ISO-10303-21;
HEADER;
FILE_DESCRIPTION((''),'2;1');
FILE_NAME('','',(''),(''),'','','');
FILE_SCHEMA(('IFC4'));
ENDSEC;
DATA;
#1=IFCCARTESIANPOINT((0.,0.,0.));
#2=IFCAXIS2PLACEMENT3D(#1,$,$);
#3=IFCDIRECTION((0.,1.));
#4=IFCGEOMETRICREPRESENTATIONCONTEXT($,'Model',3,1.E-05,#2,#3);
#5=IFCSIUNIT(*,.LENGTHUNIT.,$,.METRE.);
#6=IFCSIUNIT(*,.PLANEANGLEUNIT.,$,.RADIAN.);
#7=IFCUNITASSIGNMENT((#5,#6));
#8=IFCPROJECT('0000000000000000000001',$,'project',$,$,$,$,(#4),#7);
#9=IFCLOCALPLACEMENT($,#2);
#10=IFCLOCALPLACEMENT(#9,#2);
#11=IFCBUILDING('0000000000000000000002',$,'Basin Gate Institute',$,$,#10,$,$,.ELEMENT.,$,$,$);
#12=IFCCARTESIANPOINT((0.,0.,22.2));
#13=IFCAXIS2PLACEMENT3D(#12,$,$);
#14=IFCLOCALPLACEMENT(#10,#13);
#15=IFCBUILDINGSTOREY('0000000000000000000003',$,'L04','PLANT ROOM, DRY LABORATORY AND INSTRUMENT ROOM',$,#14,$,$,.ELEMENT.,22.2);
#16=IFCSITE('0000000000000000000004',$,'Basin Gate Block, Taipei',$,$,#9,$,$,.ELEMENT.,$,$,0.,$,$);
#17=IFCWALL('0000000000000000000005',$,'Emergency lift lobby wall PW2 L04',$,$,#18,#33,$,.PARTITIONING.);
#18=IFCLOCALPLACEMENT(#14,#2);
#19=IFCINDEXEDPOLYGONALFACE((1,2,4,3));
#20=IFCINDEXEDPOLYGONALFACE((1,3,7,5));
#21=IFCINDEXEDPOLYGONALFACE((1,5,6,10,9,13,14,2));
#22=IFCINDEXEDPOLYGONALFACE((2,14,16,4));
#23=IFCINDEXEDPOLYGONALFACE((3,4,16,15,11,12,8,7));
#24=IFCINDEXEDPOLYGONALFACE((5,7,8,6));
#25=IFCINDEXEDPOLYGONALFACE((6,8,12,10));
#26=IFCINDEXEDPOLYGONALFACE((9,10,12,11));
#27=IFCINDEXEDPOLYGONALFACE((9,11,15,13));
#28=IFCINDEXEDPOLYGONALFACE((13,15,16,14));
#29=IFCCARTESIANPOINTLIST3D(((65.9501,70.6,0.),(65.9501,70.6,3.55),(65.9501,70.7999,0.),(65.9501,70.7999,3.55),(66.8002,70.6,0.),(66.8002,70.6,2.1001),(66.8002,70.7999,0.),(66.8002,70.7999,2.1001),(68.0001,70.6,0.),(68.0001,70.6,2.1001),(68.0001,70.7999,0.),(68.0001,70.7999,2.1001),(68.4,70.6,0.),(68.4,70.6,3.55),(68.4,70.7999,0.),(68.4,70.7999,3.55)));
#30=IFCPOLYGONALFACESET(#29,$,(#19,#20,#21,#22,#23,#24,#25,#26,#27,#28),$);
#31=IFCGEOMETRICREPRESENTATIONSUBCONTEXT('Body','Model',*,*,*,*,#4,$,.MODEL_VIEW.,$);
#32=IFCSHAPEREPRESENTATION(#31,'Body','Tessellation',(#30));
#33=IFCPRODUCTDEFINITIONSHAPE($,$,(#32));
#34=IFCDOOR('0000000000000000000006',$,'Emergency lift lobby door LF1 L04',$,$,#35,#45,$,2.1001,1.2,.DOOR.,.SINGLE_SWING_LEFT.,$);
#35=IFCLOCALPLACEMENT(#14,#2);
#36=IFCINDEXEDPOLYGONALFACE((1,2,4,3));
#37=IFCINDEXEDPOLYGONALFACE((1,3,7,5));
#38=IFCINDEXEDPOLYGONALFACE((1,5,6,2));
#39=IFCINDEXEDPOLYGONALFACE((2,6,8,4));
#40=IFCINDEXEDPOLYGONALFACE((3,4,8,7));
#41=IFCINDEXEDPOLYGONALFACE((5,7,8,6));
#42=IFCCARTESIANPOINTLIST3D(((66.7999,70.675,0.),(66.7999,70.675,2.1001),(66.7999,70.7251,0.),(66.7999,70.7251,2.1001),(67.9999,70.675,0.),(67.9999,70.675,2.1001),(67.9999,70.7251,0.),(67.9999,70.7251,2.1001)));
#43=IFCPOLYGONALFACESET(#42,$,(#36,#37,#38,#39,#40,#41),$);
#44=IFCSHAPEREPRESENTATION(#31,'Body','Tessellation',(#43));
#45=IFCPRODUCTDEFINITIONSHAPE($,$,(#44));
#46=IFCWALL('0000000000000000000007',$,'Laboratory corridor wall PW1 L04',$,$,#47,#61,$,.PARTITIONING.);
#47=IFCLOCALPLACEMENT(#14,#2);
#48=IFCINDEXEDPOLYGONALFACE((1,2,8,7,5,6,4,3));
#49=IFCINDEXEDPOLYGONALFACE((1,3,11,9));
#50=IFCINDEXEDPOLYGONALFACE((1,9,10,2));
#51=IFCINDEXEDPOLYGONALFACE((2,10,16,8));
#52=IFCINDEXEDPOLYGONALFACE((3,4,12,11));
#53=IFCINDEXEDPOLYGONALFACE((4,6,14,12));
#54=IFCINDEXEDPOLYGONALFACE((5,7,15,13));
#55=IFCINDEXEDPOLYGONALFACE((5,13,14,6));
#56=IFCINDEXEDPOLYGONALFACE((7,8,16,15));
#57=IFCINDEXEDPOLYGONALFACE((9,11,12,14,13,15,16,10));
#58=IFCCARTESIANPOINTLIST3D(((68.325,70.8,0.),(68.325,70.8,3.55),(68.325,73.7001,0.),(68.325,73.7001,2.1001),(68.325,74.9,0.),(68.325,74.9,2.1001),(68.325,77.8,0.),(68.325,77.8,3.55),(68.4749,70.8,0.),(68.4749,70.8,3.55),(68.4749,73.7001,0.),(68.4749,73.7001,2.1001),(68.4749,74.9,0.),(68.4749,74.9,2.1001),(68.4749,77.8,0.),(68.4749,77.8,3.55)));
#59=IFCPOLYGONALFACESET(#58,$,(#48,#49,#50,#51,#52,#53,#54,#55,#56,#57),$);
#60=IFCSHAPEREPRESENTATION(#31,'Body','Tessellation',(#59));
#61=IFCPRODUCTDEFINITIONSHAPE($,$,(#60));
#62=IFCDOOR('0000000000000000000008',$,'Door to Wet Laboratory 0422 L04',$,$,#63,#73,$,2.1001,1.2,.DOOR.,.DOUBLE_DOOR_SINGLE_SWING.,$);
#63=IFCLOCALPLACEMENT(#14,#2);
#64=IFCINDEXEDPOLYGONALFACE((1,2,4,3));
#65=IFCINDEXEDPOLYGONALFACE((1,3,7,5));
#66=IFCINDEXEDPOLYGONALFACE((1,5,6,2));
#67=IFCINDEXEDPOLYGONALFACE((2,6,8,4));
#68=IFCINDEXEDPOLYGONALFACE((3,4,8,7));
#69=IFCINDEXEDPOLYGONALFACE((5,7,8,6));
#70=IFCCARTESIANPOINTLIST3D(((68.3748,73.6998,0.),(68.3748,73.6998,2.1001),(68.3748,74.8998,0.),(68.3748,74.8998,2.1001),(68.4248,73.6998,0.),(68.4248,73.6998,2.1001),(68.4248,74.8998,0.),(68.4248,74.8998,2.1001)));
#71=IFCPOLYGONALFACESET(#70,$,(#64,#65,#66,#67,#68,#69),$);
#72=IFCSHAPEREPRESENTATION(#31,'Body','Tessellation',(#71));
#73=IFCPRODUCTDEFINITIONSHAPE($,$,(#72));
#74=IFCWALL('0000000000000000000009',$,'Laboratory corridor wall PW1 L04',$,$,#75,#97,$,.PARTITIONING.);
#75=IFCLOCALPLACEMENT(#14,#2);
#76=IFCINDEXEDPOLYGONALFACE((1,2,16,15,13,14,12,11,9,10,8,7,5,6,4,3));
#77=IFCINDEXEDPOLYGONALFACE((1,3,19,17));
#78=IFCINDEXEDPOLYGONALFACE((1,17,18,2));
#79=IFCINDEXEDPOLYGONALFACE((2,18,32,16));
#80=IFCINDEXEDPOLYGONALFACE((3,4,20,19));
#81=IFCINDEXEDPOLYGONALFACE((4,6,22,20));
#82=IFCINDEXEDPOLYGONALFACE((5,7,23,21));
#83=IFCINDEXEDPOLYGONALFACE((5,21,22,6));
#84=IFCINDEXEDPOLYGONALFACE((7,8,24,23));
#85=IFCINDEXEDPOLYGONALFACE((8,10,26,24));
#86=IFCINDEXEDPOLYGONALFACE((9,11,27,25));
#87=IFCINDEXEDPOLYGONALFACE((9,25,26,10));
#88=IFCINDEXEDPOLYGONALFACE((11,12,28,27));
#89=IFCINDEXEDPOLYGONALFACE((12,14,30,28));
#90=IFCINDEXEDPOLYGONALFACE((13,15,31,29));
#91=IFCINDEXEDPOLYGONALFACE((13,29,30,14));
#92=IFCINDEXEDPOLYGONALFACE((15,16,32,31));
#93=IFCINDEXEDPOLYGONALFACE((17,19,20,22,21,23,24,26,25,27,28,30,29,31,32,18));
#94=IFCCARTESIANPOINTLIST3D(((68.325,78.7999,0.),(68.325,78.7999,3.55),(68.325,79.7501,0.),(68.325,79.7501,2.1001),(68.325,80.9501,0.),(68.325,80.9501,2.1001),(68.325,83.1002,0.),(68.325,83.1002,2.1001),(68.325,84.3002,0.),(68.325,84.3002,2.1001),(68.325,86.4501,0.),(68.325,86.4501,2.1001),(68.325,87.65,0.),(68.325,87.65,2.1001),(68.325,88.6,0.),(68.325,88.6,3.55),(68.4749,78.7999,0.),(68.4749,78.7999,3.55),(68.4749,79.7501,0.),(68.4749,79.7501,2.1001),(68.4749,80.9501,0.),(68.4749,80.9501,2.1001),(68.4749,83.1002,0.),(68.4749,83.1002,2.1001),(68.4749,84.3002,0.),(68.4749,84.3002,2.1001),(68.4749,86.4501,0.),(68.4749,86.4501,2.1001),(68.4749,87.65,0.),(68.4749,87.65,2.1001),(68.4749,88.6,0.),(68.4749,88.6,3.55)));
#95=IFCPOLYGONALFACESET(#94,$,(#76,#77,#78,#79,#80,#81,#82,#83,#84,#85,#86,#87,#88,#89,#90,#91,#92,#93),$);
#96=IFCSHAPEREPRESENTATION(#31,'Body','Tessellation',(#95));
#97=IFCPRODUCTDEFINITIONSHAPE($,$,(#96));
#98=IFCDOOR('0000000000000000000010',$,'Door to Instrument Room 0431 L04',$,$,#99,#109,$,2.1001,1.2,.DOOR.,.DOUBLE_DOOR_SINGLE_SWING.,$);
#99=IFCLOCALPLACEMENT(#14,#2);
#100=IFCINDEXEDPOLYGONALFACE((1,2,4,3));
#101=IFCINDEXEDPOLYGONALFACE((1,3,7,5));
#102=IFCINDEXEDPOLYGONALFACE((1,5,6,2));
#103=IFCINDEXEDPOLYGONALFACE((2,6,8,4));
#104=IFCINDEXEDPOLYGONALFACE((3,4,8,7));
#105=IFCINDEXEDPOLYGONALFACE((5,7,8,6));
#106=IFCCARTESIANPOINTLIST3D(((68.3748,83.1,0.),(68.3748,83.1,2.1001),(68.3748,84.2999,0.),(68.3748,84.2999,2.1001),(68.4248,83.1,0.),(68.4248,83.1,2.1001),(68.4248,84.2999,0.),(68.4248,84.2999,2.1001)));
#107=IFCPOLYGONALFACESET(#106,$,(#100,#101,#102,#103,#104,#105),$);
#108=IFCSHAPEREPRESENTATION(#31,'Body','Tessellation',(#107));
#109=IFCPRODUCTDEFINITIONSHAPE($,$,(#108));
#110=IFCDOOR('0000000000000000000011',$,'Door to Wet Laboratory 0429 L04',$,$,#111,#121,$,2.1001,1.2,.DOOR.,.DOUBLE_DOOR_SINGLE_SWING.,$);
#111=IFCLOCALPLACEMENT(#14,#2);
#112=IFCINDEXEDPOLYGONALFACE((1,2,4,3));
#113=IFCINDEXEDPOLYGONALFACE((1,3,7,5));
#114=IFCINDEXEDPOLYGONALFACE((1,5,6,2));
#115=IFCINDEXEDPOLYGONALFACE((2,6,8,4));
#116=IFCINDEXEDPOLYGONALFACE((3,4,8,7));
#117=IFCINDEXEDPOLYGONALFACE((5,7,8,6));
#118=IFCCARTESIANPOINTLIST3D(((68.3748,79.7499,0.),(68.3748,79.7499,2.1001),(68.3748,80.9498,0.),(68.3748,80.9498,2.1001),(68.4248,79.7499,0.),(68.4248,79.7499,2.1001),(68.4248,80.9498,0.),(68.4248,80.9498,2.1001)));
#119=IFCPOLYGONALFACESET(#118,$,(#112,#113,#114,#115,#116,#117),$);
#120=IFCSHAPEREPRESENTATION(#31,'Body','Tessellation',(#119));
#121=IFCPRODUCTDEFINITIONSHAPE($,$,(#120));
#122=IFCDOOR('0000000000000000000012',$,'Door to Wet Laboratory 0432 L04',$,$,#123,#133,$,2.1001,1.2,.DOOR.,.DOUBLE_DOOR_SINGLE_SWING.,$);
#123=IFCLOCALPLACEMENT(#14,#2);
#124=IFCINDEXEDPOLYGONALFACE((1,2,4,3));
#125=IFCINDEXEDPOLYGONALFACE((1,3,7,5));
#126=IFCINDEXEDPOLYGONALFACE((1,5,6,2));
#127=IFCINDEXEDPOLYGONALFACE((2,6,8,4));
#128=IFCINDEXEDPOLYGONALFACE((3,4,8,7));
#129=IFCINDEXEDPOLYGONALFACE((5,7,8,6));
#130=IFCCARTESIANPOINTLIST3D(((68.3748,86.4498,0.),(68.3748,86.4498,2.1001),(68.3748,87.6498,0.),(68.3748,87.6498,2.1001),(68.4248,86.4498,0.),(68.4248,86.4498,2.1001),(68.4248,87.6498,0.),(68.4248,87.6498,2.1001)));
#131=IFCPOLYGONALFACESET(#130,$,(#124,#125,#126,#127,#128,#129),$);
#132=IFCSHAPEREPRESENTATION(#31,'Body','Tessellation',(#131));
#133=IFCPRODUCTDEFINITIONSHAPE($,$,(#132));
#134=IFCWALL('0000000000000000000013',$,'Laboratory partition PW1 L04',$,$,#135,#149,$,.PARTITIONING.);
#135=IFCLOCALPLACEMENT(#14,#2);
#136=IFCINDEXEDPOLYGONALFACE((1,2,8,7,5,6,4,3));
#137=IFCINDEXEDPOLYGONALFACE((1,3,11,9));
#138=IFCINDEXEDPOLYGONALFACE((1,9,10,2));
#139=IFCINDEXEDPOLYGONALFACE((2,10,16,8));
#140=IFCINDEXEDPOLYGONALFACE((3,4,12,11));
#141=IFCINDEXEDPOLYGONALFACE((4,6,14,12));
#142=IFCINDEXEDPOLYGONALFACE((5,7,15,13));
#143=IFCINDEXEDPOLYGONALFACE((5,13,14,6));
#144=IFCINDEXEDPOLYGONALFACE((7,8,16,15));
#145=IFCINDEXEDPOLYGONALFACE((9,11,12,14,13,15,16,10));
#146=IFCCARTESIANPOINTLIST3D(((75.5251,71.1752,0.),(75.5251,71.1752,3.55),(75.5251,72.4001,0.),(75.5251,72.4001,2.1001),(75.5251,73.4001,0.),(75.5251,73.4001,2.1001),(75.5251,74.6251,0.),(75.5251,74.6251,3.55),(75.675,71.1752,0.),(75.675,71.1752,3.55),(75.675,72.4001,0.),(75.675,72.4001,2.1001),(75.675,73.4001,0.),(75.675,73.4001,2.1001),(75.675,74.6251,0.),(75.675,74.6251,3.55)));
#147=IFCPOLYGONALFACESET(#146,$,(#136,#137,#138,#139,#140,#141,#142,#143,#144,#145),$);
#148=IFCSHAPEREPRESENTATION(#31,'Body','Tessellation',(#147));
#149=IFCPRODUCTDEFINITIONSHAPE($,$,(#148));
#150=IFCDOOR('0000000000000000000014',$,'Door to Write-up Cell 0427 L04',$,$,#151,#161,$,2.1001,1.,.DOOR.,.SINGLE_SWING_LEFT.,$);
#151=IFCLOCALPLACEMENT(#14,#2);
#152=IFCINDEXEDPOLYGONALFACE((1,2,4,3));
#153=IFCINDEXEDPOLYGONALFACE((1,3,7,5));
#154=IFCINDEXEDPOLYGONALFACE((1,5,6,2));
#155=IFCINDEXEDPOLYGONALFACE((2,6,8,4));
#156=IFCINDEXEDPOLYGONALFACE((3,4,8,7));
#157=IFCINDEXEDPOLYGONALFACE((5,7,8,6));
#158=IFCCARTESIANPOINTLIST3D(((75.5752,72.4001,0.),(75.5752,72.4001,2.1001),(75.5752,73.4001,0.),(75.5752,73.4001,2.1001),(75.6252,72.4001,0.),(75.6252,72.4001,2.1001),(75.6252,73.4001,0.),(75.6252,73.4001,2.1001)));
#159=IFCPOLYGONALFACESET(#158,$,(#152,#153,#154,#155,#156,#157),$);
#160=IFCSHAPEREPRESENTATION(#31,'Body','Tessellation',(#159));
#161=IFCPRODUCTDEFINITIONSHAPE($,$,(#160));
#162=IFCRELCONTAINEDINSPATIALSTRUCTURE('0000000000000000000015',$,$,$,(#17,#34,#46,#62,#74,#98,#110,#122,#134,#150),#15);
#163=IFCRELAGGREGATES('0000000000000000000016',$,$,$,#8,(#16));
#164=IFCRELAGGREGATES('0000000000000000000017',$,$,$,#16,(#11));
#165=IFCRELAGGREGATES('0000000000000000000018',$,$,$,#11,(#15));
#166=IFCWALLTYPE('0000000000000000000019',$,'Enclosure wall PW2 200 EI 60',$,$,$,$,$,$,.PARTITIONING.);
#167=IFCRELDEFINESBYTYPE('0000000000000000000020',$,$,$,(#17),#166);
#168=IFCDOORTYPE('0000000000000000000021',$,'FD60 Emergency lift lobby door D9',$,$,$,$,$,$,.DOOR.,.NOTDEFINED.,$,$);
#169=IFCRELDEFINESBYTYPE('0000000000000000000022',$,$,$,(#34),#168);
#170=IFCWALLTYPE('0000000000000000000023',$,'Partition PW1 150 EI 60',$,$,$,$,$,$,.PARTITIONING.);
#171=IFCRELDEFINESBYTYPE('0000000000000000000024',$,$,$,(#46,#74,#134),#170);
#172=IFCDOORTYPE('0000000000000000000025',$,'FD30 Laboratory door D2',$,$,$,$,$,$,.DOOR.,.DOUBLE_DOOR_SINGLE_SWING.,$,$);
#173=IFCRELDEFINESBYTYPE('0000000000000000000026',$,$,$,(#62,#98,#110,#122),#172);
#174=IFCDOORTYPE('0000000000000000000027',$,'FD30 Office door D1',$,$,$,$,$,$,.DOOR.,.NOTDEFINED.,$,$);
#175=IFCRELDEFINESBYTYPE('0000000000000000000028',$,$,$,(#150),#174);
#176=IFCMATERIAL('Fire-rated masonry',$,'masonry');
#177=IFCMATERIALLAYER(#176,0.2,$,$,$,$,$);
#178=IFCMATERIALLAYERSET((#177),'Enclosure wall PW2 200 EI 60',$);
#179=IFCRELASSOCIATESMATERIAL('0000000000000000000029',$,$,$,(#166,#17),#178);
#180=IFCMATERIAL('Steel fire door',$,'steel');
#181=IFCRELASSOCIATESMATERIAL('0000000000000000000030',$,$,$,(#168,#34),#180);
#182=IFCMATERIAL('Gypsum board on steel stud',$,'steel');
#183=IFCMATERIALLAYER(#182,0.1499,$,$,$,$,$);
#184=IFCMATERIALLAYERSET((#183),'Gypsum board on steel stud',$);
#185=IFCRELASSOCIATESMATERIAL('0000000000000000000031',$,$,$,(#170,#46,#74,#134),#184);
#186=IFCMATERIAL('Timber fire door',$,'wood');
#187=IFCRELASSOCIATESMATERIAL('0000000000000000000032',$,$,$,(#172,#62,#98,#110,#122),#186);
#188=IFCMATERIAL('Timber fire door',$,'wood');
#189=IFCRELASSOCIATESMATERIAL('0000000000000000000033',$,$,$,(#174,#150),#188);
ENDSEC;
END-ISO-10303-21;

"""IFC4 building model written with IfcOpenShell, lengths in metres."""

from ifc_helpers import new_model, si_unit, direction, frame, frame_2d, origin, place, context, subcontext, project, spatial, rectangle, extrude, material, layer, layer_set, type_object, element, fill, save


model = new_model("IFC4")

# Units and contexts
model_context = context("Model", 3, precision=1e-05, world=origin(), true_north=direction((0.0, 1.0)))
body_context = subcontext(model_context, "Body", "Model", "MODEL_VIEW")
ifc_project = project(units=[si_unit("LENGTHUNIT", "METRE"), si_unit("PLANEANGLEUNIT", "RADIAN")], contexts=[model_context])

# Site, building, storey
site_placement = place(None, origin())
site = spatial("IfcSite", under=ifc_project, at=site_placement, Name="Basin Gate Block, Taipei", CompositionType="ELEMENT", RefElevation=0.0)
building_placement = place(site_placement, origin())
building = spatial("IfcBuilding", under=site, at=building_placement, Name="Basin Gate Institute", CompositionType="ELEMENT")
storey_placement = place(building_placement, frame((0.0, 0.0, 22.2)))
storey = spatial("IfcBuildingStorey", under=building, at=storey_placement, Name="L04", Description="PLANT ROOM, DRY LABORATORY AND INSTRUMENT ROOM", CompositionType="ELEMENT", Elevation=22.2)

# Walls, openings, doors
ifc_material_1 = material(Name="Fire-rated masonry", Category="masonry")
ifc_layer_1 = layer(ifc_material_1, 0.2)
ifc_layer_set_1 = layer_set([ifc_layer_1], Name="Enclosure wall PW2 200 EI 60")
wall_type_1 = type_object("IfcWallType", Name="Enclosure wall PW2 200 EI 60", PredefinedType="PARTITIONING", material=ifc_layer_set_1)
wall_1_placement = place(storey_placement, frame((65.95, 70.7, 0.0), z_axis=(0.0, 0.0, 1.0), x_axis=(1.0, 0.0, 0.0)))
wall_1 = element("IfcWall", 1, at=wall_1_placement, inside=storey, type_object=wall_type_1, material=ifc_layer_set_1, Name="Emergency lift lobby wall PW2 L04", PredefinedType="PARTITIONING", context=body_context, shape_type="SweptSolid", body=[
    extrude(rectangle(XDim=2.45, YDim=0.2, at=frame_2d((1.2251, 0.0))), origin(), (0.0, 0.0, 1.0), 3.55),
])
opening_1_placement = place(wall_1_placement, frame((0.8501, 0.0, 0.0)))
opening_1 = element("IfcOpeningElement", 2, at=opening_1_placement, cuts=wall_1, PredefinedType="OPENING", context=body_context, shape_type="SweptSolid", body=[
    extrude(rectangle(XDim=1.2, YDim=2.1001, at=frame_2d((0.6001, 1.05))), frame((0.0, 0.1099, 0.0), z_axis=(0.0, -1.0, 0.0), x_axis=(1.0, 0.0, 0.0)), (0.0, 0.0, 1.0), 0.22),
])
ifc_material_2 = material(Name="Steel fire door", Category="steel")
door_type_1 = type_object("IfcDoorType", Name="FD60 Emergency lift lobby door D9", OperationType="NOTDEFINED", PredefinedType="DOOR", material=ifc_material_2)
door_1_placement = place(opening_1_placement, frame((1.2, 0.0, 0.0), z_axis=(0.0, 0.0, 1.0), x_axis=(-1.0, 0.0, 0.0)))
door_1 = element("IfcDoor", 3, at=door_1_placement, inside=storey, type_object=door_type_1, material=ifc_material_2, Name="Emergency lift lobby door LF1 L04", OperationType="SINGLE_SWING_LEFT", OverallHeight=2.1001, OverallWidth=1.2, PredefinedType="DOOR", context=body_context, shape_type="SweptSolid", body=[
    extrude(rectangle(XDim=1.2, YDim=2.1001, at=frame_2d((0.6001, 1.05))), frame((0.0, 0.0249, 0.0), z_axis=(0.0, -1.0, 0.0), x_axis=(1.0, 0.0, 0.0)), (0.0, 0.0, 1.0), 0.05),
])
fill(opening_1, door_1)
ifc_material_3 = material(Name="Gypsum board on steel stud", Category="steel")
ifc_layer_2 = layer(ifc_material_3, 0.1499)
ifc_layer_set_2 = layer_set([ifc_layer_2], Name="Gypsum board on steel stud")
wall_type_2 = type_object("IfcWallType", Name="Partition PW1 150 EI 60", PredefinedType="PARTITIONING", material=ifc_layer_set_2)
wall_2_placement = place(storey_placement, frame((68.3999, 70.8, 0.0), z_axis=(0.0, 0.0, 1.0), x_axis=(0.0, 1.0, 0.0)))
wall_2 = element("IfcWall", 4, at=wall_2_placement, inside=storey, type_object=wall_type_2, material=ifc_layer_set_2, Name="Laboratory corridor wall PW1 L04", PredefinedType="PARTITIONING", context=body_context, shape_type="SweptSolid", body=[
    extrude(rectangle(XDim=7.0, YDim=0.1499, at=frame_2d((3.5, 0.0))), origin(), (0.0, 0.0, 1.0), 3.55),
])
opening_2_placement = place(wall_2_placement, frame((2.8999, 0.0, 0.0)))
opening_2 = element("IfcOpeningElement", 5, at=opening_2_placement, cuts=wall_2, PredefinedType="OPENING", context=body_context, shape_type="SweptSolid", body=[
    extrude(rectangle(XDim=1.2, YDim=2.1001, at=frame_2d((0.6001, 1.05))), frame((0.0, 0.085, 0.0), z_axis=(0.0, -1.0, 0.0), x_axis=(1.0, 0.0, 0.0)), (0.0, 0.0, 1.0), 0.1699),
])
ifc_material_4 = material(Name="Timber fire door", Category="wood")
door_type_2 = type_object("IfcDoorType", Name="FD30 Laboratory door D2", OperationType="DOUBLE_DOOR_SINGLE_SWING", PredefinedType="DOOR", material=ifc_material_4)
door_2_placement = place(opening_2_placement, frame((1.2, 0.0, 0.0), z_axis=(0.0, 0.0, 1.0), x_axis=(-1.0, 0.0, 0.0)))
door_2 = element("IfcDoor", 6, at=door_2_placement, inside=storey, type_object=door_type_2, material=ifc_material_4, Name="Door to Wet Laboratory 0422 L04", OperationType="DOUBLE_DOOR_SINGLE_SWING", OverallHeight=2.1001, OverallWidth=1.2, PredefinedType="DOOR", context=body_context, shape_type="SweptSolid", body=[
    extrude(rectangle(XDim=1.2, YDim=2.1001, at=frame_2d((0.6001, 1.05))), frame((0.0, 0.0249, 0.0), z_axis=(0.0, -1.0, 0.0), x_axis=(1.0, 0.0, 0.0)), (0.0, 0.0, 1.0), 0.05),
])
fill(opening_2, door_2)

# Wall, openings, doors
wall_3_placement = place(storey_placement, frame((68.3999, 78.8, 0.0), z_axis=(0.0, 0.0, 1.0), x_axis=(0.0, 1.0, 0.0)))
wall_3 = element("IfcWall", 7, at=wall_3_placement, inside=storey, type_object=wall_type_2, material=ifc_layer_set_2, Name="Laboratory corridor wall PW1 L04", PredefinedType="PARTITIONING", context=body_context, shape_type="SweptSolid", body=[
    extrude(rectangle(XDim=9.8, YDim=0.1499, at=frame_2d((4.8999, 0.0))), origin(), (0.0, 0.0, 1.0), 3.55),
])
opening_3_placement = place(wall_3_placement, frame((4.3, 0.0, 0.0)))
opening_3 = element("IfcOpeningElement", 8, at=opening_3_placement, cuts=wall_3, PredefinedType="OPENING", context=body_context, shape_type="SweptSolid", body=[
    extrude(rectangle(XDim=1.2, YDim=2.1001, at=frame_2d((0.6001, 1.05))), frame((0.0, 0.085, 0.0), z_axis=(0.0, -1.0, 0.0), x_axis=(1.0, 0.0, 0.0)), (0.0, 0.0, 1.0), 0.1699),
])
opening_4_placement = place(wall_3_placement, frame((0.95, 0.0, 0.0)))
opening_4 = element("IfcOpeningElement", 9, at=opening_4_placement, cuts=wall_3, PredefinedType="OPENING", context=body_context, shape_type="SweptSolid", body=[
    extrude(rectangle(XDim=1.2, YDim=2.1001, at=frame_2d((0.6001, 1.05))), frame((0.0, 0.085, 0.0), z_axis=(0.0, -1.0, 0.0), x_axis=(1.0, 0.0, 0.0)), (0.0, 0.0, 1.0), 0.1699),
])
opening_5_placement = place(wall_3_placement, frame((7.6499, 0.0, 0.0)))
opening_5 = element("IfcOpeningElement", 10, at=opening_5_placement, cuts=wall_3, PredefinedType="OPENING", context=body_context, shape_type="SweptSolid", body=[
    extrude(rectangle(XDim=1.2, YDim=2.1001, at=frame_2d((0.6001, 1.05))), frame((0.0, 0.085, 0.0), z_axis=(0.0, -1.0, 0.0), x_axis=(1.0, 0.0, 0.0)), (0.0, 0.0, 1.0), 0.1699),
])
door_3_placement = place(opening_3_placement, frame((1.2, 0.0, 0.0), z_axis=(0.0, 0.0, 1.0), x_axis=(-1.0, 0.0, 0.0)))
door_3 = element("IfcDoor", 11, at=door_3_placement, inside=storey, type_object=door_type_2, material=ifc_material_4, Name="Door to Instrument Room 0431 L04", OperationType="DOUBLE_DOOR_SINGLE_SWING", OverallHeight=2.1001, OverallWidth=1.2, PredefinedType="DOOR", context=body_context, shape_type="SweptSolid", body=[
    extrude(rectangle(XDim=1.2, YDim=2.1001, at=frame_2d((0.6001, 1.05))), frame((0.0, 0.0249, 0.0), z_axis=(0.0, -1.0, 0.0), x_axis=(1.0, 0.0, 0.0)), (0.0, 0.0, 1.0), 0.05),
])
fill(opening_3, door_3)
door_4_placement = place(opening_4_placement, frame((1.2, 0.0, 0.0), z_axis=(0.0, 0.0, 1.0), x_axis=(-1.0, 0.0, 0.0)))
door_4 = element("IfcDoor", 12, at=door_4_placement, inside=storey, type_object=door_type_2, material=ifc_material_4, Name="Door to Wet Laboratory 0429 L04", OperationType="DOUBLE_DOOR_SINGLE_SWING", OverallHeight=2.1001, OverallWidth=1.2, PredefinedType="DOOR", context=body_context, shape_type="SweptSolid", body=[
    extrude(rectangle(XDim=1.2, YDim=2.1001, at=frame_2d((0.6001, 1.05))), frame((0.0, 0.0249, 0.0), z_axis=(0.0, -1.0, 0.0), x_axis=(1.0, 0.0, 0.0)), (0.0, 0.0, 1.0), 0.05),
])
fill(opening_4, door_4)
door_5_placement = place(opening_5_placement, frame((1.2, 0.0, 0.0), z_axis=(0.0, 0.0, 1.0), x_axis=(-1.0, 0.0, 0.0)))
door_5 = element("IfcDoor", 13, at=door_5_placement, inside=storey, type_object=door_type_2, material=ifc_material_4, Name="Door to Wet Laboratory 0432 L04", OperationType="DOUBLE_DOOR_SINGLE_SWING", OverallHeight=2.1001, OverallWidth=1.2, PredefinedType="DOOR", context=body_context, shape_type="SweptSolid", body=[
    extrude(rectangle(XDim=1.2, YDim=2.1001, at=frame_2d((0.6001, 1.05))), frame((0.0, 0.0249, 0.0), z_axis=(0.0, -1.0, 0.0), x_axis=(1.0, 0.0, 0.0)), (0.0, 0.0, 1.0), 0.05),
])
fill(opening_5, door_5)

# Wall, opening, door
wall_4_placement = place(storey_placement, frame((75.6001, 71.175, 0.0), z_axis=(0.0, 0.0, 1.0), x_axis=(0.0, 1.0, 0.0)))
wall_4 = element("IfcWall", 14, at=wall_4_placement, inside=storey, type_object=wall_type_2, material=ifc_layer_set_2, Name="Laboratory partition PW1 L04", PredefinedType="PARTITIONING", context=body_context, shape_type="SweptSolid", body=[
    extrude(rectangle(XDim=3.45, YDim=0.1499, at=frame_2d((1.7251, 0.0))), origin(), (0.0, 0.0, 1.0), 3.55),
])
opening_6_placement = place(wall_4_placement, frame((1.2251, 0.0, 0.0)))
opening_6 = element("IfcOpeningElement", 15, at=opening_6_placement, cuts=wall_4, PredefinedType="OPENING", context=body_context, shape_type="SweptSolid", body=[
    extrude(rectangle(XDim=1.0, YDim=2.1001, at=frame_2d((0.5, 1.05))), frame((0.0, 0.085, 0.0), z_axis=(0.0, -1.0, 0.0), x_axis=(1.0, 0.0, 0.0)), (0.0, 0.0, 1.0), 0.1699),
])
ifc_material_5 = material(Name="Timber fire door", Category="wood")
door_type_3 = type_object("IfcDoorType", Name="FD30 Office door D1", OperationType="NOTDEFINED", PredefinedType="DOOR", material=ifc_material_5)
door_6_placement = place(opening_6_placement, origin())
door_6 = element("IfcDoor", 16, at=door_6_placement, inside=storey, type_object=door_type_3, material=ifc_material_5, Name="Door to Write-up Cell 0427 L04", OperationType="SINGLE_SWING_LEFT", OverallHeight=2.1001, OverallWidth=1.0, PredefinedType="DOOR", context=body_context, shape_type="SweptSolid", body=[
    extrude(rectangle(XDim=1.0, YDim=2.1001, at=frame_2d((0.5, 1.05))), frame((0.0, 0.0249, 0.0), z_axis=(0.0, -1.0, 0.0), x_axis=(1.0, 0.0, 0.0)), (0.0, 0.0, 1.0), 0.05),
])
fill(opening_6, door_6)

save(model, "model.ifc")
